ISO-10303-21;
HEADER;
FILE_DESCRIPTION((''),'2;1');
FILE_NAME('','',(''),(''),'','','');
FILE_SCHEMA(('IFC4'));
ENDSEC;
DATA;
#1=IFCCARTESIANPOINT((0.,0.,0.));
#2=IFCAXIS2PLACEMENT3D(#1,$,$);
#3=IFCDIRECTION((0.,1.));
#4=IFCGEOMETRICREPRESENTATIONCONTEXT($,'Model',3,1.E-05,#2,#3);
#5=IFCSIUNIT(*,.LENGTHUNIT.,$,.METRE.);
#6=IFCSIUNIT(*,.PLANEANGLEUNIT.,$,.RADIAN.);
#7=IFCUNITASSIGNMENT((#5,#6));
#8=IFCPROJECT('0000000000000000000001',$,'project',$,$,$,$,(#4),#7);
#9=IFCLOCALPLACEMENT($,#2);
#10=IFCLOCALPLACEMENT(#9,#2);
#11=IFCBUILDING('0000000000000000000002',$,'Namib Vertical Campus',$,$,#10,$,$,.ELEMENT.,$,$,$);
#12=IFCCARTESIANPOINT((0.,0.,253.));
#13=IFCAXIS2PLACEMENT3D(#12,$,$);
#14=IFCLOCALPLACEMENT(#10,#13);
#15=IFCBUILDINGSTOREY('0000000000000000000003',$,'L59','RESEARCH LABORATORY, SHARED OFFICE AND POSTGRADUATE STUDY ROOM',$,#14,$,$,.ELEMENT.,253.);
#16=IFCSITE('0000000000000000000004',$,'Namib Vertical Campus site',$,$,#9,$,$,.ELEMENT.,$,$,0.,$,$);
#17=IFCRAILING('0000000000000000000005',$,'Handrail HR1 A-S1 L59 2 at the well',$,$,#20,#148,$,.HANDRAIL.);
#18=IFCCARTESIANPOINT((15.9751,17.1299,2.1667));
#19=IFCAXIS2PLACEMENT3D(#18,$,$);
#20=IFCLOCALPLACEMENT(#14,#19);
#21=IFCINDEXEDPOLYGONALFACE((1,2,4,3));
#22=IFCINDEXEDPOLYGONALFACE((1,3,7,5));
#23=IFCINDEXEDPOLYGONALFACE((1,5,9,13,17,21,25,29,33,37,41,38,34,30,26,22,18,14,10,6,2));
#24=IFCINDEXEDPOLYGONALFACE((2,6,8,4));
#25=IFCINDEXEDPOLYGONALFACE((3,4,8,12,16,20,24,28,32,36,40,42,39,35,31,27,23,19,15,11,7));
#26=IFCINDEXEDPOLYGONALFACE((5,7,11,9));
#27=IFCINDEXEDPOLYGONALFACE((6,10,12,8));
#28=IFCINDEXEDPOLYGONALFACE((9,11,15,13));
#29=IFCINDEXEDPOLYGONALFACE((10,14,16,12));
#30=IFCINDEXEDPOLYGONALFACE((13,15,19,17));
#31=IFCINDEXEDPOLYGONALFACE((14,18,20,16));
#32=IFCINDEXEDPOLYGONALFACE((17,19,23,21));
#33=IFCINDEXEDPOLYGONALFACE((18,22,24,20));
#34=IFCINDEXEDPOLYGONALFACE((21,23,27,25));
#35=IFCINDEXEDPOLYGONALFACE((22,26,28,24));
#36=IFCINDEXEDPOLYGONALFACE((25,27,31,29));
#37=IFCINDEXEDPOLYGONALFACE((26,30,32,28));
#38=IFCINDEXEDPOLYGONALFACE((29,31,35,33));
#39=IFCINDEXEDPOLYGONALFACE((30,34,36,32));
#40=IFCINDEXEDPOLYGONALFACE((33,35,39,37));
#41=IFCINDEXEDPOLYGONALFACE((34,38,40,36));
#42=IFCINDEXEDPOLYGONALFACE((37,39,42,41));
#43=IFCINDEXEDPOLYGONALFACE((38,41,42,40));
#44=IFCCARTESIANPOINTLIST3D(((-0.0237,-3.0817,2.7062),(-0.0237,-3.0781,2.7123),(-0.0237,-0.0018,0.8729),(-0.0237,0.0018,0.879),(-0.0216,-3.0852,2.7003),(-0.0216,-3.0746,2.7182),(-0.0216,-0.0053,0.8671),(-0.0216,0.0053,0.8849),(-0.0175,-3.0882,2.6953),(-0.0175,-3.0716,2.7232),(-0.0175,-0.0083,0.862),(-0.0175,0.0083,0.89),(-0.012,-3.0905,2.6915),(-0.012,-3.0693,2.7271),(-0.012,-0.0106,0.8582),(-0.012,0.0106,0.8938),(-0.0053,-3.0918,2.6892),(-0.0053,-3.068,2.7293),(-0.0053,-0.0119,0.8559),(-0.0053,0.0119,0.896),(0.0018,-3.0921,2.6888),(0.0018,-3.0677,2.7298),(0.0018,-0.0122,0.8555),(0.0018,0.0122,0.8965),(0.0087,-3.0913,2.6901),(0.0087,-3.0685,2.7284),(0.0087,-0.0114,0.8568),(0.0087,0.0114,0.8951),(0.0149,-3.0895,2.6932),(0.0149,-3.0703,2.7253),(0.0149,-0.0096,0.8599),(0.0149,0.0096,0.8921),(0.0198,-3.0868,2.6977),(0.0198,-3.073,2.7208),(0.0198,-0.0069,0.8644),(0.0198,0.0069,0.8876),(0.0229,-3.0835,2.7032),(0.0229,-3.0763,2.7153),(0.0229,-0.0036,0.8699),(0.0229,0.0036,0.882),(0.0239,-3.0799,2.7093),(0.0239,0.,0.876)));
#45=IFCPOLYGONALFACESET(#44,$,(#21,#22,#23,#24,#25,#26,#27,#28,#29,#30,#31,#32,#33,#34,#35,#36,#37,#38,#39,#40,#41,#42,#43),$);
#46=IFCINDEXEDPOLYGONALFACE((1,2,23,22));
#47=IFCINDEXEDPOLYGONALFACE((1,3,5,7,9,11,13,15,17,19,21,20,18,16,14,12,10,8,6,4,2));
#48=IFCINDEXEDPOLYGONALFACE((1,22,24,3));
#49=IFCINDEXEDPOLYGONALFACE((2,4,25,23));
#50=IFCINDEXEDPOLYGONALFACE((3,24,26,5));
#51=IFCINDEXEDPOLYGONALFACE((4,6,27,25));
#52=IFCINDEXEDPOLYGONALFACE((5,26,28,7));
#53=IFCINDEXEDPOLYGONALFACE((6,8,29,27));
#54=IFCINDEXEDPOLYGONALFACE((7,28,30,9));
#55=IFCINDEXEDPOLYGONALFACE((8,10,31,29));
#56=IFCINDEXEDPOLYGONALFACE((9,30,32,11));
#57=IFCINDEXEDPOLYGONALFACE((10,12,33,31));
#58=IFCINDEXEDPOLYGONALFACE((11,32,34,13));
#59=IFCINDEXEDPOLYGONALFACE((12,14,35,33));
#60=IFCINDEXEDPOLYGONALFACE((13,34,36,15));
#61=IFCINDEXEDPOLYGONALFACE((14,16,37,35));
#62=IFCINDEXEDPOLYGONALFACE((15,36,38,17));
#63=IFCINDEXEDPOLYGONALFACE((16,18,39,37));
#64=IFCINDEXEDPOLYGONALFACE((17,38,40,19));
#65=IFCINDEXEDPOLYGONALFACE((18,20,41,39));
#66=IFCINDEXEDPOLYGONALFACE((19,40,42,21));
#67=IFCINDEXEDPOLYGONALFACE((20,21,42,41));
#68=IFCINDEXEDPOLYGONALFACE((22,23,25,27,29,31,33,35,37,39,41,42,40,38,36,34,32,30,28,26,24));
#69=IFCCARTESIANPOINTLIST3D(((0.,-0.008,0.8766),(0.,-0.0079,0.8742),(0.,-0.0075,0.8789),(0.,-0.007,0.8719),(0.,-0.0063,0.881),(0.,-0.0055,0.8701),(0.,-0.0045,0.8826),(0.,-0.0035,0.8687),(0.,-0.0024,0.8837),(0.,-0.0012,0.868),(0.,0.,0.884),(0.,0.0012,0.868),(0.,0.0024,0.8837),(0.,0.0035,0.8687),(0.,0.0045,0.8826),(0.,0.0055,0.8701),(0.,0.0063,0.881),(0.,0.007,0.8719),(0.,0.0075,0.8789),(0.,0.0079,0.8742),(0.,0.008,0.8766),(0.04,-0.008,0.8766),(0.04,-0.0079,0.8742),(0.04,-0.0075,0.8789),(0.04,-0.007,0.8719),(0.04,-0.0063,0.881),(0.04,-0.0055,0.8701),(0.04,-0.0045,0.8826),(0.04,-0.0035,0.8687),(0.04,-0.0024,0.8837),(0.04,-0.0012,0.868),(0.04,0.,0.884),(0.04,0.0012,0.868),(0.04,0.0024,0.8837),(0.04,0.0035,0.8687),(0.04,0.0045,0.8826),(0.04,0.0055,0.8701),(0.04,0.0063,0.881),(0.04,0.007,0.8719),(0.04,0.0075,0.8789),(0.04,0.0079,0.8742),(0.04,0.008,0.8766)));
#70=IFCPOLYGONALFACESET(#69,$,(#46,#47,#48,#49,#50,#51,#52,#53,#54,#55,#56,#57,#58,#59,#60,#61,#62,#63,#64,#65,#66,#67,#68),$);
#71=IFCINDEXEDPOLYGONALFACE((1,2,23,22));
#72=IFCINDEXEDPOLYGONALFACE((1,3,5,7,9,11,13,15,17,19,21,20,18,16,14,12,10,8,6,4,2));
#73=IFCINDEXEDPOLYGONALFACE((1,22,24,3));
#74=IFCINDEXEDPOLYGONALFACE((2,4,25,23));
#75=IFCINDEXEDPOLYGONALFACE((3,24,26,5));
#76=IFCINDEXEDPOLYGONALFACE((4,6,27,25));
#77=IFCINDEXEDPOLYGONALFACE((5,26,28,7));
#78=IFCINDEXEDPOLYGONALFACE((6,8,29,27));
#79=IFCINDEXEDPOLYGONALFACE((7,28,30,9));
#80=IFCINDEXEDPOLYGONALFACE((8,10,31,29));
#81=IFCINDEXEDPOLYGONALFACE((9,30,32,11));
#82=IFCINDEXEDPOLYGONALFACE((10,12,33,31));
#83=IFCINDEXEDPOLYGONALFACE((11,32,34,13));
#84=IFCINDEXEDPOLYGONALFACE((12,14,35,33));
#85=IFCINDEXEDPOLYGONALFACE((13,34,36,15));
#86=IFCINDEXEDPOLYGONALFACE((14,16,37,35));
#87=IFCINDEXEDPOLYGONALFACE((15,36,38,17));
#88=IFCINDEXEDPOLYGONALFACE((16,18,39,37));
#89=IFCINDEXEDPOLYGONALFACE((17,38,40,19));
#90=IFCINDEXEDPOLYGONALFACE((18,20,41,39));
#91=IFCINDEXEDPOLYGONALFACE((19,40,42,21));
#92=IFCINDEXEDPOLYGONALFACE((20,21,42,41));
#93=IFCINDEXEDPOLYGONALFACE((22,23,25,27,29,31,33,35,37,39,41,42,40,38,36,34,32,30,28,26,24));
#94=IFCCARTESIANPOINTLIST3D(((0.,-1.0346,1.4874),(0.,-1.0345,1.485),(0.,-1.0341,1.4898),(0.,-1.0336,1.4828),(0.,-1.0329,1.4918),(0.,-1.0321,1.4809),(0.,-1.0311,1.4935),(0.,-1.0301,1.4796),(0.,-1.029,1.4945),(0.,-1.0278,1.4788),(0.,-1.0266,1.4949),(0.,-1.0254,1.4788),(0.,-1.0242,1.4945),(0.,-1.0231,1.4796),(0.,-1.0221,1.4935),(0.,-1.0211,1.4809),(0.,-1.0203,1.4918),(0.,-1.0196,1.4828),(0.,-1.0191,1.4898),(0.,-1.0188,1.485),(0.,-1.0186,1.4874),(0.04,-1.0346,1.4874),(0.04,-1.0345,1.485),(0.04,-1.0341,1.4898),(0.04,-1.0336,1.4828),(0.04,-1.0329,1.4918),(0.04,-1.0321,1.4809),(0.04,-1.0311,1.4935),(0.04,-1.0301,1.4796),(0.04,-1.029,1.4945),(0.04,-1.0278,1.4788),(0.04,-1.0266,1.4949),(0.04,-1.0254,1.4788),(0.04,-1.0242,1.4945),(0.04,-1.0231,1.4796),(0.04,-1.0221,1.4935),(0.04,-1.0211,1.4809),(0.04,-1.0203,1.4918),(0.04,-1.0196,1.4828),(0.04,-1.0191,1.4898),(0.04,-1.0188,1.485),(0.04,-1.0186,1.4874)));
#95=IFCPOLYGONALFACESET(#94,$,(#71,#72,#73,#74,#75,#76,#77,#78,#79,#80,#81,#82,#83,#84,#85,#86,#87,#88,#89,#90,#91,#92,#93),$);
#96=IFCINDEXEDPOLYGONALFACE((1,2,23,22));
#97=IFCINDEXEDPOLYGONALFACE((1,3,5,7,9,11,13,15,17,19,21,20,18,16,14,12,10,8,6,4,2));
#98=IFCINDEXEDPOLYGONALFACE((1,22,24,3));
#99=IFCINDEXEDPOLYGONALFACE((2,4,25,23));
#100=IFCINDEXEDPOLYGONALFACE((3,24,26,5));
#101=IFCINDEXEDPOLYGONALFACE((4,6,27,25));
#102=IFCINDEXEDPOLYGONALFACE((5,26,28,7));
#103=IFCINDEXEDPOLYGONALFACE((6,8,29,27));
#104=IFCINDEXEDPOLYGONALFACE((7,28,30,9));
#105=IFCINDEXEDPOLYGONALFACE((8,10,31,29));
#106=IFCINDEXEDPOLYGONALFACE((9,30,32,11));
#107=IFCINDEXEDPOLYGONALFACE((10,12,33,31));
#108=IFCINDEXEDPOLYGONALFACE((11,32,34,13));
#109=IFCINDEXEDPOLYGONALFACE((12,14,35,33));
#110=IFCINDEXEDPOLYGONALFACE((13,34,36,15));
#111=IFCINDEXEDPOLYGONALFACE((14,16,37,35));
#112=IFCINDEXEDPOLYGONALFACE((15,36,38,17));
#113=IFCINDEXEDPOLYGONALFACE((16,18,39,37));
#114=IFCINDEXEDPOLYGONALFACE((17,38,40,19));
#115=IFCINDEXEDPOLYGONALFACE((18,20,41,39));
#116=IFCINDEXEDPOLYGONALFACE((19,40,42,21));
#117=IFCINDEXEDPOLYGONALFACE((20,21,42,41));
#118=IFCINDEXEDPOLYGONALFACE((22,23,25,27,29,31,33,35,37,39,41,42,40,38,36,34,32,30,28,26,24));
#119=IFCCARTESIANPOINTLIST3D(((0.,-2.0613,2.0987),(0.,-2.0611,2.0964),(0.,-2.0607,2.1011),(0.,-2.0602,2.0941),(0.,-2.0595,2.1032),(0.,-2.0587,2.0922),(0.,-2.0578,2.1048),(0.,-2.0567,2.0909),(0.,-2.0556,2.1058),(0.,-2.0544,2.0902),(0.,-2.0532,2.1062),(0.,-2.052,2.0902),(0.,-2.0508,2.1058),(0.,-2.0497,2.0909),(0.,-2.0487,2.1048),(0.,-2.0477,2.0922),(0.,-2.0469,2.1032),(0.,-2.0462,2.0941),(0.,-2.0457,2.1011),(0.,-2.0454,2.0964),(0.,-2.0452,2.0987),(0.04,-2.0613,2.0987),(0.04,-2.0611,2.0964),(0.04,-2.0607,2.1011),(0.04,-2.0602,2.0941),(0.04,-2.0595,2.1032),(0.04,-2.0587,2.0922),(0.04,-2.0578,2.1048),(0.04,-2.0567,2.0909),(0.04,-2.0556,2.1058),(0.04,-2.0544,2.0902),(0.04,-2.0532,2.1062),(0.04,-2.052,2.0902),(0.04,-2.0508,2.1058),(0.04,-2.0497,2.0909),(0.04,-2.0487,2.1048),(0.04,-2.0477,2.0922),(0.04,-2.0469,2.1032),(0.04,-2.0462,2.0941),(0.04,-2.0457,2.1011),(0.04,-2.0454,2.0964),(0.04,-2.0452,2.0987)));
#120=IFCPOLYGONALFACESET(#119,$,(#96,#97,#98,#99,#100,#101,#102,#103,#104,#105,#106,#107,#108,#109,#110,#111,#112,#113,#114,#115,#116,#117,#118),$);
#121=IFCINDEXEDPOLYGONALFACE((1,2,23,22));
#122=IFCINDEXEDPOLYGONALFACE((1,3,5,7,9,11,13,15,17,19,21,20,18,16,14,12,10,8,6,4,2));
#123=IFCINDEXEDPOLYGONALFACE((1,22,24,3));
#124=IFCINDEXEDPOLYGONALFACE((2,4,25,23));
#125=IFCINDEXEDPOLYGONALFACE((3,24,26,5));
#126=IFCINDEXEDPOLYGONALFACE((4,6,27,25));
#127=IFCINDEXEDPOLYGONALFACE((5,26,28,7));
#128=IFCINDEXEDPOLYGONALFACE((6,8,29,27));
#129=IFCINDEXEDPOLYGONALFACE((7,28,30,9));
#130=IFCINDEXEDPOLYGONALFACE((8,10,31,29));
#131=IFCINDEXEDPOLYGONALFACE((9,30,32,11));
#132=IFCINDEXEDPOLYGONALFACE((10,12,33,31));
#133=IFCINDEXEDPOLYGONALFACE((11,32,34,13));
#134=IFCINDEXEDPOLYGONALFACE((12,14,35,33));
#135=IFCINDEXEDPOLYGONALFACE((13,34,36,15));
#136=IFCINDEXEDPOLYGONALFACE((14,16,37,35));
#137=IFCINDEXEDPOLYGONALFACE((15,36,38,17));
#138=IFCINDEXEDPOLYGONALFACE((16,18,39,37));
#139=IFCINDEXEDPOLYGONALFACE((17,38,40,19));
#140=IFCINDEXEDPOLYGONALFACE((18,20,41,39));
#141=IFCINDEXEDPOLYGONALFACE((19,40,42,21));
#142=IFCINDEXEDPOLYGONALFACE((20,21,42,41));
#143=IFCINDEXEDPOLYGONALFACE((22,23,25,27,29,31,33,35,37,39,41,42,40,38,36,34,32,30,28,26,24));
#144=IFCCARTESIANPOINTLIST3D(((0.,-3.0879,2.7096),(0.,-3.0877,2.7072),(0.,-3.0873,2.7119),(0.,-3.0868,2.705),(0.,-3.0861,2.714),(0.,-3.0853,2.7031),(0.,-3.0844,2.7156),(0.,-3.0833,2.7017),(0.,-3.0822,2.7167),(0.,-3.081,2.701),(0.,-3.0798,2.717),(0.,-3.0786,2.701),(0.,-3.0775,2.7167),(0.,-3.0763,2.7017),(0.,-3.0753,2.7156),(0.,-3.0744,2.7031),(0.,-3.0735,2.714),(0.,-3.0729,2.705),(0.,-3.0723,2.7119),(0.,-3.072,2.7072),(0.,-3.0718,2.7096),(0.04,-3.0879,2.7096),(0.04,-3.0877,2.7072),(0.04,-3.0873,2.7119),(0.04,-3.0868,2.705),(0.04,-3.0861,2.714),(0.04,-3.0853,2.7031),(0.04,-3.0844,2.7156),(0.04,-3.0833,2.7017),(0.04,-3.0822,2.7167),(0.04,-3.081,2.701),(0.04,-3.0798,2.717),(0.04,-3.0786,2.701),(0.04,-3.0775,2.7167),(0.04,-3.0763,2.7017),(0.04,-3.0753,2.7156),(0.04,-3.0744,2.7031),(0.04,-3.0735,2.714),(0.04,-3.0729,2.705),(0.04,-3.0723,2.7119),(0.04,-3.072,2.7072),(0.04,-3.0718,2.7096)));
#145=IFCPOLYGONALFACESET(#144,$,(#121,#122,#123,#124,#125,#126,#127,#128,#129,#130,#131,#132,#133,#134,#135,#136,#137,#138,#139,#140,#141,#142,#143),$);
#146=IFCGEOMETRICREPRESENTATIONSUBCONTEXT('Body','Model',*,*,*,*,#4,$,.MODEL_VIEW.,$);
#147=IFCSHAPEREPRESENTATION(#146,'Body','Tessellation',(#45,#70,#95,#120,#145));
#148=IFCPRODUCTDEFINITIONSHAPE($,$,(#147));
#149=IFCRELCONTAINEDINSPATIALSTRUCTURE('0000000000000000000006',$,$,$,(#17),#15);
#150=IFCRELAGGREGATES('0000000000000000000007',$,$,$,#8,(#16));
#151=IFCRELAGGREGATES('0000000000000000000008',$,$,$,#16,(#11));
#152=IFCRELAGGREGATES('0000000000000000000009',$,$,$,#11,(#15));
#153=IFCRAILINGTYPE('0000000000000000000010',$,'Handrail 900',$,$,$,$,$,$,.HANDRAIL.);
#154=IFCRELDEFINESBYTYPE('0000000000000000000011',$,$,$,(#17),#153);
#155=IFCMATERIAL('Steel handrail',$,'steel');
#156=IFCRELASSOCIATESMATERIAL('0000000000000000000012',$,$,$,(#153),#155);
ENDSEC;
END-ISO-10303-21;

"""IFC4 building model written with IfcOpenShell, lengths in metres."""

from ifc_helpers import new_model, si_unit, direction, frame, origin, origin_2d, place, context, subcontext, project, spatial, circle, extrude, material, type_object, element, save


model = new_model("IFC4")

# Units and contexts
model_context = context("Model", 3, precision=1e-05, world=origin(), true_north=direction((0.0, 1.0)))
body_context = subcontext(model_context, "Body", "Model", "MODEL_VIEW")
ifc_project = project(units=[si_unit("LENGTHUNIT", "METRE"), si_unit("PLANEANGLEUNIT", "RADIAN")], contexts=[model_context])

# Site, building, storey
site_placement = place(None, origin())
site = spatial("IfcSite", under=ifc_project, at=site_placement, Name="Namib Vertical Campus site", CompositionType="ELEMENT", RefElevation=0.0)
building_placement = place(site_placement, origin())
building = spatial("IfcBuilding", under=site, at=building_placement, Name="Namib Vertical Campus", CompositionType="ELEMENT")
storey_placement = place(building_placement, frame((0.0, 0.0, 253.0)))
storey = spatial("IfcBuildingStorey", under=building, at=storey_placement, Name="L59", Description="RESEARCH LABORATORY, SHARED OFFICE AND POSTGRADUATE STUDY ROOM", CompositionType="ELEMENT", Elevation=253.0)

# Railing
ifc_material_1 = material(Name="Steel handrail", Category="steel")
railing_type_1 = type_object("IfcRailingType", Name="Handrail 900", PredefinedType="HANDRAIL", material=ifc_material_1)
railing_1_placement = place(storey_placement, frame((15.9751, 17.1299, 2.1667)))
element("IfcRailing", 1, at=railing_1_placement, inside=storey, type_object=railing_type_1, Name="Handrail HR1 A-S1 L59 2 at the well", PredefinedType="HANDRAIL", context=body_context, shape_type="SweptSolid", body=[
    extrude(circle(Radius=0.0239, at=origin_2d()), frame((0.0, 0.0, 0.876), z_axis=(0.0, -0.859291, 0.511487), x_axis=(1.0, 0.0, 0.0)), (0.0, 0.0, 1.0), 3.5842),
    extrude(circle(Radius=0.0081, at=origin_2d()), frame((0.0, 0.0, 0.876), z_axis=(1.0, 0.0, 0.0), x_axis=(0.0, 0.0, 1.0)), (0.0, 0.0, 1.0), 0.04),
    extrude(circle(Radius=0.0081, at=origin_2d()), frame((0.0, -1.0266, 1.4868), z_axis=(1.0, 0.0, 0.0), x_axis=(0.0, 0.0, 1.0)), (0.0, 0.0, 1.0), 0.04),
    extrude(circle(Radius=0.0081, at=origin_2d()), frame((0.0, -2.0532, 2.0981), z_axis=(1.0, 0.0, 0.0), x_axis=(0.0, 0.0, 1.0)), (0.0, 0.0, 1.0), 0.04),
    extrude(circle(Radius=0.0081, at=origin_2d()), frame((0.0, -3.0798, 2.709), z_axis=(1.0, 0.0, 0.0), x_axis=(0.0, 0.0, 1.0)), (0.0, 0.0, 1.0), 0.04),
])

save(model, "model.ifc")
